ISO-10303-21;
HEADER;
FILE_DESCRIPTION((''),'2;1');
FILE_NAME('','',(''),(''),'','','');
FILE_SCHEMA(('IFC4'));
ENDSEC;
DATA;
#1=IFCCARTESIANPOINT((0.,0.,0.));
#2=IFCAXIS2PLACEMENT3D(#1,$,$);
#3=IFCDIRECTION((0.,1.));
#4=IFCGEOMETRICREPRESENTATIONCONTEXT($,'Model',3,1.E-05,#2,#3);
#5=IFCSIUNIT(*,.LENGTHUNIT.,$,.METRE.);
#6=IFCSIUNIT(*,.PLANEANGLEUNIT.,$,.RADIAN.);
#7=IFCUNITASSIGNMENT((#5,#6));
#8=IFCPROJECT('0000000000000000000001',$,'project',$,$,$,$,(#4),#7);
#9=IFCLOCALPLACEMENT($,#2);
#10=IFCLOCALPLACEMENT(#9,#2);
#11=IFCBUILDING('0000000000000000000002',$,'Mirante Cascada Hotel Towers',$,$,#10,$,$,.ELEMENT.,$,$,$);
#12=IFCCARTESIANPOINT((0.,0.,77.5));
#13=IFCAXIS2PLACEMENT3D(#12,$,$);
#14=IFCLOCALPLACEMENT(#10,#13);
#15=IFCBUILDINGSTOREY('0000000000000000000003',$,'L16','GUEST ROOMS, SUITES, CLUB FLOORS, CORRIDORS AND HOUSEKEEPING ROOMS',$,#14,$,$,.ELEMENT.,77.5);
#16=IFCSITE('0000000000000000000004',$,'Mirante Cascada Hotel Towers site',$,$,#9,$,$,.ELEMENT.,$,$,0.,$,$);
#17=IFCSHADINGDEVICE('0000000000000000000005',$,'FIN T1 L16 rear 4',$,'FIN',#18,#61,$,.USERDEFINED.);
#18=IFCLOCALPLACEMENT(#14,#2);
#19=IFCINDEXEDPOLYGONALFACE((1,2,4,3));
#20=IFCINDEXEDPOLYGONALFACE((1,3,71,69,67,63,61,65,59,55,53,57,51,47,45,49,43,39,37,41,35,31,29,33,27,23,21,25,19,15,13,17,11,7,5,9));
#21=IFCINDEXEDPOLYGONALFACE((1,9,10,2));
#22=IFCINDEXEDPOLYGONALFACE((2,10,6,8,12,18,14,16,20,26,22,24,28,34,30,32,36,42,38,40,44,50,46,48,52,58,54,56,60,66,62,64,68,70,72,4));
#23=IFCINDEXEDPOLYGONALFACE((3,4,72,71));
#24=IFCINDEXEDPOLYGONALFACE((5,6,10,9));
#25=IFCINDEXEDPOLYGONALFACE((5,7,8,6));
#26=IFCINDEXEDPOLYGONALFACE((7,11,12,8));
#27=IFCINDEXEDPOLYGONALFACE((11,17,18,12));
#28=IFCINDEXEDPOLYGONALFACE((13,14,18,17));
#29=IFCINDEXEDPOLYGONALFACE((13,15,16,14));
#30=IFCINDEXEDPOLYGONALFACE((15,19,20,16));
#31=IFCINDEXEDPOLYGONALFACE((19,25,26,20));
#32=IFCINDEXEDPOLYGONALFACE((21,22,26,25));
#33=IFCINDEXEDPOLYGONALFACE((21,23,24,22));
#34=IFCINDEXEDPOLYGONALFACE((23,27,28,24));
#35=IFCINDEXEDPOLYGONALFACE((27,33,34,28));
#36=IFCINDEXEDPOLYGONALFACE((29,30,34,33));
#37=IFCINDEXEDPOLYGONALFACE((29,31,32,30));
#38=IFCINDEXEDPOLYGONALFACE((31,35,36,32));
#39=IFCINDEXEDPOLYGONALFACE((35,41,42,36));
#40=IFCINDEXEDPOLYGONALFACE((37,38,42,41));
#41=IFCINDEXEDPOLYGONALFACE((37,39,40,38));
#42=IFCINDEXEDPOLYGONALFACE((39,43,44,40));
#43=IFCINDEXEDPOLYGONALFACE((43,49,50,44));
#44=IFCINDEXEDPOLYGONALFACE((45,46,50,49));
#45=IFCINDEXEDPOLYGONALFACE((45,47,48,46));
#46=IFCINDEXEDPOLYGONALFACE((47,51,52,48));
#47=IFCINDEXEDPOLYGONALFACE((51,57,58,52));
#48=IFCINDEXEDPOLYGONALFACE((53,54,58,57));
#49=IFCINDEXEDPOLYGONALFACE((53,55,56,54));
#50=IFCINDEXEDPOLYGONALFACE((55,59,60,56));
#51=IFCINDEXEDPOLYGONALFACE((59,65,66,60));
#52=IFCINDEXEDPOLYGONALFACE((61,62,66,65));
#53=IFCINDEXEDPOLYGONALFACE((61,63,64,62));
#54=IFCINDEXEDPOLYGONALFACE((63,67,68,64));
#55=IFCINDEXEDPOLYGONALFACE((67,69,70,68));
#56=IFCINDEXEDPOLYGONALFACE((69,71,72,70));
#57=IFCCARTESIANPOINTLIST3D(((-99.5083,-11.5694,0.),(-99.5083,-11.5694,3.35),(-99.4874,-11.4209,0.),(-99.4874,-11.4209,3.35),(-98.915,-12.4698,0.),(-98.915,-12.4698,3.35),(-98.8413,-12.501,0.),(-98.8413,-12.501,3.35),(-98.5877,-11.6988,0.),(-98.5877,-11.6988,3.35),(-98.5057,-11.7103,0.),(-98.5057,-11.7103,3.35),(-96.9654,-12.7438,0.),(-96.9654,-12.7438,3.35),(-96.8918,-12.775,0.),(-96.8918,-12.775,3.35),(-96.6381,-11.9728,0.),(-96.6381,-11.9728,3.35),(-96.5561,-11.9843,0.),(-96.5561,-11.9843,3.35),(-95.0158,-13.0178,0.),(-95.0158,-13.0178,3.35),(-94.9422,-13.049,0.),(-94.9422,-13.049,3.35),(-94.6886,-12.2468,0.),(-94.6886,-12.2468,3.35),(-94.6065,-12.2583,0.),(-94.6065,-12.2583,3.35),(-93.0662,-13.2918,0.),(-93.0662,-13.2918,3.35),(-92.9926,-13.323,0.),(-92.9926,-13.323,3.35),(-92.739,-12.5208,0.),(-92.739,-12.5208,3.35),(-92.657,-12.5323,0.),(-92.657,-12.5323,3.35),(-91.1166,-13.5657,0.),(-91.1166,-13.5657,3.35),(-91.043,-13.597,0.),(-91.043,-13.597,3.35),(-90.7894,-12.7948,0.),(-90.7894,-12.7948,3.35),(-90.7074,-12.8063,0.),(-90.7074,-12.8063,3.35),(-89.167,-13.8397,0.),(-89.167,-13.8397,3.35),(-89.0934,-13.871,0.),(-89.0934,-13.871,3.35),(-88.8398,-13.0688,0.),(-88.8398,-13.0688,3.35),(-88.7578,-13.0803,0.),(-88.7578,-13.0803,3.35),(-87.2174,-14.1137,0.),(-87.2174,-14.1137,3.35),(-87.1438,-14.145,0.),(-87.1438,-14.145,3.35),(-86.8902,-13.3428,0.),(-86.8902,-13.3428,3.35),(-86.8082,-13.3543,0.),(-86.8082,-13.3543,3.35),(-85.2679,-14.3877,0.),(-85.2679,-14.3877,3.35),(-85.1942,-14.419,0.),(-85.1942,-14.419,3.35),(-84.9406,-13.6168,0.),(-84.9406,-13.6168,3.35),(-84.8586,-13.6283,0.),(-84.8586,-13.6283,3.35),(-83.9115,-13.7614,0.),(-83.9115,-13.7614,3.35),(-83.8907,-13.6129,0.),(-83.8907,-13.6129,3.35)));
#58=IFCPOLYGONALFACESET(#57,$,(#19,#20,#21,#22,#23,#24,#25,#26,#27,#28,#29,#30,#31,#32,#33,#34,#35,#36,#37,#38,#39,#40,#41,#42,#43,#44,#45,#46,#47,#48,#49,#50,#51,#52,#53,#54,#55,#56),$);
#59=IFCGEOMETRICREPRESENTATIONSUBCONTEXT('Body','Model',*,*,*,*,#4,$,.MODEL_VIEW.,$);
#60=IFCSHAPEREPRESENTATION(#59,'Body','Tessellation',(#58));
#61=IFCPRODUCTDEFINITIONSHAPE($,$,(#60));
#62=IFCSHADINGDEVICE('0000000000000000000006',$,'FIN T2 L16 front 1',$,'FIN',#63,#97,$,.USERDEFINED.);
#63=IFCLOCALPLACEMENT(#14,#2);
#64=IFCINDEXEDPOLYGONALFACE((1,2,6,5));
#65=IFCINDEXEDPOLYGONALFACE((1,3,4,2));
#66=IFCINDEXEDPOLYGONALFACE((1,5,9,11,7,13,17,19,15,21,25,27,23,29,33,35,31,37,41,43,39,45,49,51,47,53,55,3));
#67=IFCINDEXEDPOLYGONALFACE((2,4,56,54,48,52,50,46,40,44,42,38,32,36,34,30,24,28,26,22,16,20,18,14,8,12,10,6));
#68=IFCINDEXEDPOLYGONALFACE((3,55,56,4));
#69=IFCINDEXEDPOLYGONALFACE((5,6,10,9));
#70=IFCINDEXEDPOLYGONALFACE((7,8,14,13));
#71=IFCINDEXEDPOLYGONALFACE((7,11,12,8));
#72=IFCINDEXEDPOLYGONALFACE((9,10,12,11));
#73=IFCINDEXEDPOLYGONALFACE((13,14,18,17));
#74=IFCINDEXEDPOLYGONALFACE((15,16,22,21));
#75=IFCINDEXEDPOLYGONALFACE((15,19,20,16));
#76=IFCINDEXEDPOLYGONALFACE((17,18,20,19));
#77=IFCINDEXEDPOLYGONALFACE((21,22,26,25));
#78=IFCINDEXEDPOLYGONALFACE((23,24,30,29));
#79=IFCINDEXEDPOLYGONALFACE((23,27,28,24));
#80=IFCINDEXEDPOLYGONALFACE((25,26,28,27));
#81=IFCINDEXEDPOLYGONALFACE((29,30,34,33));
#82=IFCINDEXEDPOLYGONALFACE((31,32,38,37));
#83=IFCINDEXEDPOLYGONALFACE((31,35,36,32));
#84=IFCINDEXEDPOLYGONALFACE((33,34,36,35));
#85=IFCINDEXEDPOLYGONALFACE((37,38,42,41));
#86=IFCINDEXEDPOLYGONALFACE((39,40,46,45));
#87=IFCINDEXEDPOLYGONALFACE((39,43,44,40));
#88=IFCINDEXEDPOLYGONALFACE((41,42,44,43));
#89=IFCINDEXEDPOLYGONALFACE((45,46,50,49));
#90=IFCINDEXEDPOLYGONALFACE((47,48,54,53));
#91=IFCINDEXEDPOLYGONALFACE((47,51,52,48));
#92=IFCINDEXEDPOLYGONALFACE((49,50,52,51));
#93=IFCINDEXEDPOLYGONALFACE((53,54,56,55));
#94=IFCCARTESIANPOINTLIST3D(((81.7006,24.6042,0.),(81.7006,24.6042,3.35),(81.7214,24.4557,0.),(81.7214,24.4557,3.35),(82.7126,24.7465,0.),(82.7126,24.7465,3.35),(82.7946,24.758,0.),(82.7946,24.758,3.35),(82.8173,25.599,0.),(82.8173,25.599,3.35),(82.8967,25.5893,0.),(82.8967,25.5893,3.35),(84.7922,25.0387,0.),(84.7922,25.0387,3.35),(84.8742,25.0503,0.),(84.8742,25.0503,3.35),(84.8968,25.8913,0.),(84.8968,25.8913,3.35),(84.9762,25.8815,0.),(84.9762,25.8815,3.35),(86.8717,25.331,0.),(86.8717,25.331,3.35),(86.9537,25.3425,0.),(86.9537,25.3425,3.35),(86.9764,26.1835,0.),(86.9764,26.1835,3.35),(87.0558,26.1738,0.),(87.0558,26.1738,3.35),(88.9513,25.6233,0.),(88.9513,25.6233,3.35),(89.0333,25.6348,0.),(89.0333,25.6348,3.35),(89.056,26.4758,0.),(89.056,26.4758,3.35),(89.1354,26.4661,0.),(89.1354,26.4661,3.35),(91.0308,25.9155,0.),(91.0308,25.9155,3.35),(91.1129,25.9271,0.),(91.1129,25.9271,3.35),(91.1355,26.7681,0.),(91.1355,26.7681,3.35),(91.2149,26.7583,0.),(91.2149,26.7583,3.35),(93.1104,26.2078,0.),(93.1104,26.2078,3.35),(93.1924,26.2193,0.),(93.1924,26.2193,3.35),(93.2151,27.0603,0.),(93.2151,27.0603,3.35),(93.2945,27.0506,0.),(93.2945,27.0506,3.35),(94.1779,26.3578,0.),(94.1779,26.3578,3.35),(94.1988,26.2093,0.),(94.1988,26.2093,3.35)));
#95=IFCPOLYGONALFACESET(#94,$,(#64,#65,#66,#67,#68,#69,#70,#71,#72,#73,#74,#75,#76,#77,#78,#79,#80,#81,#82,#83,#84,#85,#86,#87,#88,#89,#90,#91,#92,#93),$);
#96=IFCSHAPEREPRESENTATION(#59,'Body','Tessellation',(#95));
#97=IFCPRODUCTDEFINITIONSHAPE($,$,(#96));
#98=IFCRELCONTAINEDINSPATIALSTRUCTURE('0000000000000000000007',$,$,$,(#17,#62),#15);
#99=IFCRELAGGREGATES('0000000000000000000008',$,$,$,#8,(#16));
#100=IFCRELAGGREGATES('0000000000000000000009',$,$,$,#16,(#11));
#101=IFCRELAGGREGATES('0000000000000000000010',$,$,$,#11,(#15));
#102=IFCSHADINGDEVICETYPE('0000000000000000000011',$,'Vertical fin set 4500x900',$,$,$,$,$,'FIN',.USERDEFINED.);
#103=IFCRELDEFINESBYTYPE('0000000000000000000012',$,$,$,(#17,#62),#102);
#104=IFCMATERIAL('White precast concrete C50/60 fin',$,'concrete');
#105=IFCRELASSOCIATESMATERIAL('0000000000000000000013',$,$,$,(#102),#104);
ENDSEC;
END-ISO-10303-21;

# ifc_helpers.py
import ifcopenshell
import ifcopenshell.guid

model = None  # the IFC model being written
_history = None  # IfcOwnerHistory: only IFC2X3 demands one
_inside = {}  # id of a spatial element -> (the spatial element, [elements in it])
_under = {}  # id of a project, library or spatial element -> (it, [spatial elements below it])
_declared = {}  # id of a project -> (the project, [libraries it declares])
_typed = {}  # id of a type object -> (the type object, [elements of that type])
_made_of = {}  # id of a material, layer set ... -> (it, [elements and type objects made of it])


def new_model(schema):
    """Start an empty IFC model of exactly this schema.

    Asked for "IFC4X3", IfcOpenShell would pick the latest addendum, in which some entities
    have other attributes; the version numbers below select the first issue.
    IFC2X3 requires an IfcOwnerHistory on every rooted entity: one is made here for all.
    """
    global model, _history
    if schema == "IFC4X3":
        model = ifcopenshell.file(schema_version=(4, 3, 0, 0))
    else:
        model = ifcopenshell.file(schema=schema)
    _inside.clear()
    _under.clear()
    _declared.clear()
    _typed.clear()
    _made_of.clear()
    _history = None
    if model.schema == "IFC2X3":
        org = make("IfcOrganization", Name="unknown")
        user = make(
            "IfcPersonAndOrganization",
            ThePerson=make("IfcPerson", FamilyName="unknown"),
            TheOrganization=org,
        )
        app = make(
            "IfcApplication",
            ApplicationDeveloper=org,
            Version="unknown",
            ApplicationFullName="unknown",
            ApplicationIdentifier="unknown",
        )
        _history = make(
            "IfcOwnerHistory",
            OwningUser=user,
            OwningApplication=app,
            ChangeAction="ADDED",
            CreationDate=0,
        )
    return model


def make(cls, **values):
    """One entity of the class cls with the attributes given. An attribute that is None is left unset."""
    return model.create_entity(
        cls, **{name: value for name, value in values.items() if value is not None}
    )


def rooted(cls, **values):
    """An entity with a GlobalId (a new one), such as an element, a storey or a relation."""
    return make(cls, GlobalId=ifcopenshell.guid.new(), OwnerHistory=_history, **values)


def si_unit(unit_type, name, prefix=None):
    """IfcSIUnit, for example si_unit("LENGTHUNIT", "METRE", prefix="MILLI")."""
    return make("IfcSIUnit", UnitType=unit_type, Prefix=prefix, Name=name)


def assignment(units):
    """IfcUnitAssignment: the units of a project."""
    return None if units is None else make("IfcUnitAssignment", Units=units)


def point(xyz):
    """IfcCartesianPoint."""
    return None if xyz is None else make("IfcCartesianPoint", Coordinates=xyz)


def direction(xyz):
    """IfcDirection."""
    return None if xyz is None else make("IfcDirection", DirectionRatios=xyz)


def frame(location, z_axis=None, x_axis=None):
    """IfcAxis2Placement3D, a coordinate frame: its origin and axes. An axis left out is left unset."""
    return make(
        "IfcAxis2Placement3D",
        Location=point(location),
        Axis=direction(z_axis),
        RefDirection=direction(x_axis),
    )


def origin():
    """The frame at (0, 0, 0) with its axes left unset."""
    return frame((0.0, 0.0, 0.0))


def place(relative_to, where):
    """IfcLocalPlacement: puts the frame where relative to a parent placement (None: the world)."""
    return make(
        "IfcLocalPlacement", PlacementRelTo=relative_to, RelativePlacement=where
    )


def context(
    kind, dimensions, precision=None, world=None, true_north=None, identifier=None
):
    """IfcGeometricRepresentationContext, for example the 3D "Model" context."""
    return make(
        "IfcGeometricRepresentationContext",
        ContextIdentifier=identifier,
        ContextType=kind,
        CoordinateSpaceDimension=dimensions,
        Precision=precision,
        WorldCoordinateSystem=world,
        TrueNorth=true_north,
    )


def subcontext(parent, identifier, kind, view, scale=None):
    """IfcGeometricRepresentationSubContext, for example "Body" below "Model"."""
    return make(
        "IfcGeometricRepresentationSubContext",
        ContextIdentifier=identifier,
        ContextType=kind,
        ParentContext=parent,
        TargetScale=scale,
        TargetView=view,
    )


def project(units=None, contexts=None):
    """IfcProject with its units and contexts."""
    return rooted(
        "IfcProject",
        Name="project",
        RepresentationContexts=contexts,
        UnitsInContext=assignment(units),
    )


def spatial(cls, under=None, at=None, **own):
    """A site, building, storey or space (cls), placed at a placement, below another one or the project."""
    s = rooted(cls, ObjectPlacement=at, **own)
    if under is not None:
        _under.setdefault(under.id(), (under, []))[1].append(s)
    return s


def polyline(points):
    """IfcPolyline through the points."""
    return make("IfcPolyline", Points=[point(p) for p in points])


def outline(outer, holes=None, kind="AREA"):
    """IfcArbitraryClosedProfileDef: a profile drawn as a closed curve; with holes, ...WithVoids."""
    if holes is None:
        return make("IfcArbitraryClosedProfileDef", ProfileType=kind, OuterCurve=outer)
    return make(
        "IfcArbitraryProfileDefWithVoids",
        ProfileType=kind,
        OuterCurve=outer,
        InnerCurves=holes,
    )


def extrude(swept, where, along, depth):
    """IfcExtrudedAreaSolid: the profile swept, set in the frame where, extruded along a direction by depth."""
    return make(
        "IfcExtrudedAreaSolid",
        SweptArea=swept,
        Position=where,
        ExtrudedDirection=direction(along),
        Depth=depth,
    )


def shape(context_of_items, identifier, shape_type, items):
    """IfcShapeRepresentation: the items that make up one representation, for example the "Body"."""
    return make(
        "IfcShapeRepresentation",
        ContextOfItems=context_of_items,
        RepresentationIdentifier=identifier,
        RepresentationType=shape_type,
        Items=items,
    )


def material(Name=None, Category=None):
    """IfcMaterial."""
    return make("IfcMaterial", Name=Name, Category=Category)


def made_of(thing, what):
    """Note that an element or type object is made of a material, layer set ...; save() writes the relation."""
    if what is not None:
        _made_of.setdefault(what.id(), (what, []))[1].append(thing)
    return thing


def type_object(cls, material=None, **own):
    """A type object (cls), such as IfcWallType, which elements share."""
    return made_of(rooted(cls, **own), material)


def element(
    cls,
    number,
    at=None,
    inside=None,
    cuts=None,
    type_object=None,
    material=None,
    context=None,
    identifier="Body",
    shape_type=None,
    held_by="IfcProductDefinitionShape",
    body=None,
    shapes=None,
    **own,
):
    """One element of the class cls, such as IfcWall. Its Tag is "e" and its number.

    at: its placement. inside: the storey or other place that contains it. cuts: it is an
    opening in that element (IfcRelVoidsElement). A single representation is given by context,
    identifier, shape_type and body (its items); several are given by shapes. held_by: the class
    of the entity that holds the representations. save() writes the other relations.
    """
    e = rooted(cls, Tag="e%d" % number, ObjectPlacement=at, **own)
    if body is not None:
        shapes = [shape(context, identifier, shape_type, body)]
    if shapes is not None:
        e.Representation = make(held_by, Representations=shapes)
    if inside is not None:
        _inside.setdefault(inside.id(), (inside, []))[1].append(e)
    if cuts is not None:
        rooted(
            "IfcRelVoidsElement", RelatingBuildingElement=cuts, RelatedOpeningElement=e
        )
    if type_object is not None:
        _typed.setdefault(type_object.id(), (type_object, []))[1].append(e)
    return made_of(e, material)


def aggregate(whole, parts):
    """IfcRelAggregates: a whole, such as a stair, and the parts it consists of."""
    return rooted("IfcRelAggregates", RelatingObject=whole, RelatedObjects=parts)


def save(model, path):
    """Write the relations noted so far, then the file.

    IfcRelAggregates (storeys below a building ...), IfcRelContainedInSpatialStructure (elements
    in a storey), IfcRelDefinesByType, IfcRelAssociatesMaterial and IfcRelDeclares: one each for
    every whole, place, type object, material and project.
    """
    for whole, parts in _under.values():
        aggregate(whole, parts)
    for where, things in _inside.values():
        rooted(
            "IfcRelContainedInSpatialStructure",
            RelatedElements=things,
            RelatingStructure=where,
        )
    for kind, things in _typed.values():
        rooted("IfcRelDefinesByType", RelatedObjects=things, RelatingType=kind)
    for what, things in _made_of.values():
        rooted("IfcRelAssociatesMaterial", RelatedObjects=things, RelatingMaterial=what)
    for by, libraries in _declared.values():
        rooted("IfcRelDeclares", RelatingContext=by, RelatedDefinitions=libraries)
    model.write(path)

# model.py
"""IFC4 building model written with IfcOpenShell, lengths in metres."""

from ifc_helpers import new_model, si_unit, direction, frame, origin, place, context, subcontext, project, spatial, polyline, outline, extrude, material, type_object, element, save


model = new_model("IFC4")

# Units and contexts
model_context = context("Model", 3, precision=1e-05, world=origin(), true_north=direction((0.0, 1.0)))
body_context = subcontext(model_context, "Body", "Model", "MODEL_VIEW")
ifc_project = project(units=[si_unit("LENGTHUNIT", "METRE"), si_unit("PLANEANGLEUNIT", "RADIAN")], contexts=[model_context])

# Site, building, storey
site_placement = place(None, origin())
site = spatial("IfcSite", under=ifc_project, at=site_placement, Name="Mirante Cascada Hotel Towers site", CompositionType="ELEMENT", RefElevation=0.0)
building_placement = place(site_placement, origin())
building = spatial("IfcBuilding", under=site, at=building_placement, Name="Mirante Cascada Hotel Towers", CompositionType="ELEMENT")
storey_placement = place(building_placement, frame((0.0, 0.0, 77.5)))
storey = spatial("IfcBuildingStorey", under=building, at=storey_placement, Name="L16", Description="GUEST ROOMS, SUITES, CLUB FLOORS, CORRIDORS AND HOUSEKEEPING ROOMS", CompositionType="ELEMENT", Elevation=77.5)

# Shading devices
ifc_material_1 = material(Name="White precast concrete C50/60 fin", Category="concrete")
shading_device_type = type_object("IfcShadingDeviceType", Name="Vertical fin set 4500x900", ElementType="FIN", PredefinedType="USERDEFINED", material=ifc_material_1)
shading_device_1_placement = place(storey_placement, origin())
element("IfcShadingDevice", 1, at=shading_device_1_placement, inside=storey, type_object=shading_device_type, Name="FIN T1 L16 rear 4", ObjectType="FIN", PredefinedType="USERDEFINED", context=body_context, shape_type="SweptSolid", body=[
    extrude(outline(polyline([(-84.9406, -13.6168), (-86.8082, -13.3543), (-87.1438, -14.145), (-87.2174, -14.1137), (-86.8902, -13.3428), (-88.7578, -13.0803), (-89.0934, -13.871), (-89.167, -13.8397), (-88.8398, -13.0688), (-90.7074, -12.8063), (-91.043, -13.597), (-91.1166, -13.5657), (-90.7894, -12.7948), (-92.657, -12.5323), (-92.9926, -13.323), (-93.0662, -13.2918), (-92.739, -12.5208), (-94.6065, -12.2583), (-94.9422, -13.049), (-95.0158, -13.0178), (-94.6886, -12.2468), (-96.5561, -11.9843), (-96.8918, -12.775), (-96.9654, -12.7438), (-96.6381, -11.9728), (-98.5057, -11.7103), (-98.8413, -12.501), (-98.915, -12.4698), (-98.5877, -11.6988), (-99.5083, -11.5694), (-99.4874, -11.4209), (-83.8907, -13.6129), (-83.9115, -13.7614), (-84.8586, -13.6283), (-85.1942, -14.419), (-85.2679, -14.3877), (-84.9406, -13.6168)])), origin(), (0.0, 0.0, 1.0), 3.35),
])
shading_device_2_placement = place(storey_placement, origin())
element("IfcShadingDevice", 2, at=shading_device_2_placement, inside=storey, type_object=shading_device_type, Name="FIN T2 L16 front 1", ObjectType="FIN", PredefinedType="USERDEFINED", context=body_context, shape_type="SweptSolid", body=[
    extrude(outline(polyline([(82.8967, 25.5893), (82.7946, 24.758), (84.7922, 25.0387), (84.8968, 25.8913), (84.9762, 25.8815), (84.8742, 25.0503), (86.8717, 25.331), (86.9764, 26.1835), (87.0558, 26.1738), (86.9537, 25.3425), (88.9513, 25.6233), (89.056, 26.4758), (89.1354, 26.4661), (89.0333, 25.6348), (91.0308, 25.9155), (91.1355, 26.7681), (91.2149, 26.7583), (91.1129, 25.9271), (93.1104, 26.2078), (93.2151, 27.0603), (93.2945, 27.0506), (93.1924, 26.2193), (94.1779, 26.3578), (94.1988, 26.2093), (81.7214, 24.4557), (81.7006, 24.6042), (82.7126, 24.7465), (82.8173, 25.599), (82.8967, 25.5893)])), origin(), (0.0, 0.0, 1.0), 3.35),
])

save(model, "model.ifc")
